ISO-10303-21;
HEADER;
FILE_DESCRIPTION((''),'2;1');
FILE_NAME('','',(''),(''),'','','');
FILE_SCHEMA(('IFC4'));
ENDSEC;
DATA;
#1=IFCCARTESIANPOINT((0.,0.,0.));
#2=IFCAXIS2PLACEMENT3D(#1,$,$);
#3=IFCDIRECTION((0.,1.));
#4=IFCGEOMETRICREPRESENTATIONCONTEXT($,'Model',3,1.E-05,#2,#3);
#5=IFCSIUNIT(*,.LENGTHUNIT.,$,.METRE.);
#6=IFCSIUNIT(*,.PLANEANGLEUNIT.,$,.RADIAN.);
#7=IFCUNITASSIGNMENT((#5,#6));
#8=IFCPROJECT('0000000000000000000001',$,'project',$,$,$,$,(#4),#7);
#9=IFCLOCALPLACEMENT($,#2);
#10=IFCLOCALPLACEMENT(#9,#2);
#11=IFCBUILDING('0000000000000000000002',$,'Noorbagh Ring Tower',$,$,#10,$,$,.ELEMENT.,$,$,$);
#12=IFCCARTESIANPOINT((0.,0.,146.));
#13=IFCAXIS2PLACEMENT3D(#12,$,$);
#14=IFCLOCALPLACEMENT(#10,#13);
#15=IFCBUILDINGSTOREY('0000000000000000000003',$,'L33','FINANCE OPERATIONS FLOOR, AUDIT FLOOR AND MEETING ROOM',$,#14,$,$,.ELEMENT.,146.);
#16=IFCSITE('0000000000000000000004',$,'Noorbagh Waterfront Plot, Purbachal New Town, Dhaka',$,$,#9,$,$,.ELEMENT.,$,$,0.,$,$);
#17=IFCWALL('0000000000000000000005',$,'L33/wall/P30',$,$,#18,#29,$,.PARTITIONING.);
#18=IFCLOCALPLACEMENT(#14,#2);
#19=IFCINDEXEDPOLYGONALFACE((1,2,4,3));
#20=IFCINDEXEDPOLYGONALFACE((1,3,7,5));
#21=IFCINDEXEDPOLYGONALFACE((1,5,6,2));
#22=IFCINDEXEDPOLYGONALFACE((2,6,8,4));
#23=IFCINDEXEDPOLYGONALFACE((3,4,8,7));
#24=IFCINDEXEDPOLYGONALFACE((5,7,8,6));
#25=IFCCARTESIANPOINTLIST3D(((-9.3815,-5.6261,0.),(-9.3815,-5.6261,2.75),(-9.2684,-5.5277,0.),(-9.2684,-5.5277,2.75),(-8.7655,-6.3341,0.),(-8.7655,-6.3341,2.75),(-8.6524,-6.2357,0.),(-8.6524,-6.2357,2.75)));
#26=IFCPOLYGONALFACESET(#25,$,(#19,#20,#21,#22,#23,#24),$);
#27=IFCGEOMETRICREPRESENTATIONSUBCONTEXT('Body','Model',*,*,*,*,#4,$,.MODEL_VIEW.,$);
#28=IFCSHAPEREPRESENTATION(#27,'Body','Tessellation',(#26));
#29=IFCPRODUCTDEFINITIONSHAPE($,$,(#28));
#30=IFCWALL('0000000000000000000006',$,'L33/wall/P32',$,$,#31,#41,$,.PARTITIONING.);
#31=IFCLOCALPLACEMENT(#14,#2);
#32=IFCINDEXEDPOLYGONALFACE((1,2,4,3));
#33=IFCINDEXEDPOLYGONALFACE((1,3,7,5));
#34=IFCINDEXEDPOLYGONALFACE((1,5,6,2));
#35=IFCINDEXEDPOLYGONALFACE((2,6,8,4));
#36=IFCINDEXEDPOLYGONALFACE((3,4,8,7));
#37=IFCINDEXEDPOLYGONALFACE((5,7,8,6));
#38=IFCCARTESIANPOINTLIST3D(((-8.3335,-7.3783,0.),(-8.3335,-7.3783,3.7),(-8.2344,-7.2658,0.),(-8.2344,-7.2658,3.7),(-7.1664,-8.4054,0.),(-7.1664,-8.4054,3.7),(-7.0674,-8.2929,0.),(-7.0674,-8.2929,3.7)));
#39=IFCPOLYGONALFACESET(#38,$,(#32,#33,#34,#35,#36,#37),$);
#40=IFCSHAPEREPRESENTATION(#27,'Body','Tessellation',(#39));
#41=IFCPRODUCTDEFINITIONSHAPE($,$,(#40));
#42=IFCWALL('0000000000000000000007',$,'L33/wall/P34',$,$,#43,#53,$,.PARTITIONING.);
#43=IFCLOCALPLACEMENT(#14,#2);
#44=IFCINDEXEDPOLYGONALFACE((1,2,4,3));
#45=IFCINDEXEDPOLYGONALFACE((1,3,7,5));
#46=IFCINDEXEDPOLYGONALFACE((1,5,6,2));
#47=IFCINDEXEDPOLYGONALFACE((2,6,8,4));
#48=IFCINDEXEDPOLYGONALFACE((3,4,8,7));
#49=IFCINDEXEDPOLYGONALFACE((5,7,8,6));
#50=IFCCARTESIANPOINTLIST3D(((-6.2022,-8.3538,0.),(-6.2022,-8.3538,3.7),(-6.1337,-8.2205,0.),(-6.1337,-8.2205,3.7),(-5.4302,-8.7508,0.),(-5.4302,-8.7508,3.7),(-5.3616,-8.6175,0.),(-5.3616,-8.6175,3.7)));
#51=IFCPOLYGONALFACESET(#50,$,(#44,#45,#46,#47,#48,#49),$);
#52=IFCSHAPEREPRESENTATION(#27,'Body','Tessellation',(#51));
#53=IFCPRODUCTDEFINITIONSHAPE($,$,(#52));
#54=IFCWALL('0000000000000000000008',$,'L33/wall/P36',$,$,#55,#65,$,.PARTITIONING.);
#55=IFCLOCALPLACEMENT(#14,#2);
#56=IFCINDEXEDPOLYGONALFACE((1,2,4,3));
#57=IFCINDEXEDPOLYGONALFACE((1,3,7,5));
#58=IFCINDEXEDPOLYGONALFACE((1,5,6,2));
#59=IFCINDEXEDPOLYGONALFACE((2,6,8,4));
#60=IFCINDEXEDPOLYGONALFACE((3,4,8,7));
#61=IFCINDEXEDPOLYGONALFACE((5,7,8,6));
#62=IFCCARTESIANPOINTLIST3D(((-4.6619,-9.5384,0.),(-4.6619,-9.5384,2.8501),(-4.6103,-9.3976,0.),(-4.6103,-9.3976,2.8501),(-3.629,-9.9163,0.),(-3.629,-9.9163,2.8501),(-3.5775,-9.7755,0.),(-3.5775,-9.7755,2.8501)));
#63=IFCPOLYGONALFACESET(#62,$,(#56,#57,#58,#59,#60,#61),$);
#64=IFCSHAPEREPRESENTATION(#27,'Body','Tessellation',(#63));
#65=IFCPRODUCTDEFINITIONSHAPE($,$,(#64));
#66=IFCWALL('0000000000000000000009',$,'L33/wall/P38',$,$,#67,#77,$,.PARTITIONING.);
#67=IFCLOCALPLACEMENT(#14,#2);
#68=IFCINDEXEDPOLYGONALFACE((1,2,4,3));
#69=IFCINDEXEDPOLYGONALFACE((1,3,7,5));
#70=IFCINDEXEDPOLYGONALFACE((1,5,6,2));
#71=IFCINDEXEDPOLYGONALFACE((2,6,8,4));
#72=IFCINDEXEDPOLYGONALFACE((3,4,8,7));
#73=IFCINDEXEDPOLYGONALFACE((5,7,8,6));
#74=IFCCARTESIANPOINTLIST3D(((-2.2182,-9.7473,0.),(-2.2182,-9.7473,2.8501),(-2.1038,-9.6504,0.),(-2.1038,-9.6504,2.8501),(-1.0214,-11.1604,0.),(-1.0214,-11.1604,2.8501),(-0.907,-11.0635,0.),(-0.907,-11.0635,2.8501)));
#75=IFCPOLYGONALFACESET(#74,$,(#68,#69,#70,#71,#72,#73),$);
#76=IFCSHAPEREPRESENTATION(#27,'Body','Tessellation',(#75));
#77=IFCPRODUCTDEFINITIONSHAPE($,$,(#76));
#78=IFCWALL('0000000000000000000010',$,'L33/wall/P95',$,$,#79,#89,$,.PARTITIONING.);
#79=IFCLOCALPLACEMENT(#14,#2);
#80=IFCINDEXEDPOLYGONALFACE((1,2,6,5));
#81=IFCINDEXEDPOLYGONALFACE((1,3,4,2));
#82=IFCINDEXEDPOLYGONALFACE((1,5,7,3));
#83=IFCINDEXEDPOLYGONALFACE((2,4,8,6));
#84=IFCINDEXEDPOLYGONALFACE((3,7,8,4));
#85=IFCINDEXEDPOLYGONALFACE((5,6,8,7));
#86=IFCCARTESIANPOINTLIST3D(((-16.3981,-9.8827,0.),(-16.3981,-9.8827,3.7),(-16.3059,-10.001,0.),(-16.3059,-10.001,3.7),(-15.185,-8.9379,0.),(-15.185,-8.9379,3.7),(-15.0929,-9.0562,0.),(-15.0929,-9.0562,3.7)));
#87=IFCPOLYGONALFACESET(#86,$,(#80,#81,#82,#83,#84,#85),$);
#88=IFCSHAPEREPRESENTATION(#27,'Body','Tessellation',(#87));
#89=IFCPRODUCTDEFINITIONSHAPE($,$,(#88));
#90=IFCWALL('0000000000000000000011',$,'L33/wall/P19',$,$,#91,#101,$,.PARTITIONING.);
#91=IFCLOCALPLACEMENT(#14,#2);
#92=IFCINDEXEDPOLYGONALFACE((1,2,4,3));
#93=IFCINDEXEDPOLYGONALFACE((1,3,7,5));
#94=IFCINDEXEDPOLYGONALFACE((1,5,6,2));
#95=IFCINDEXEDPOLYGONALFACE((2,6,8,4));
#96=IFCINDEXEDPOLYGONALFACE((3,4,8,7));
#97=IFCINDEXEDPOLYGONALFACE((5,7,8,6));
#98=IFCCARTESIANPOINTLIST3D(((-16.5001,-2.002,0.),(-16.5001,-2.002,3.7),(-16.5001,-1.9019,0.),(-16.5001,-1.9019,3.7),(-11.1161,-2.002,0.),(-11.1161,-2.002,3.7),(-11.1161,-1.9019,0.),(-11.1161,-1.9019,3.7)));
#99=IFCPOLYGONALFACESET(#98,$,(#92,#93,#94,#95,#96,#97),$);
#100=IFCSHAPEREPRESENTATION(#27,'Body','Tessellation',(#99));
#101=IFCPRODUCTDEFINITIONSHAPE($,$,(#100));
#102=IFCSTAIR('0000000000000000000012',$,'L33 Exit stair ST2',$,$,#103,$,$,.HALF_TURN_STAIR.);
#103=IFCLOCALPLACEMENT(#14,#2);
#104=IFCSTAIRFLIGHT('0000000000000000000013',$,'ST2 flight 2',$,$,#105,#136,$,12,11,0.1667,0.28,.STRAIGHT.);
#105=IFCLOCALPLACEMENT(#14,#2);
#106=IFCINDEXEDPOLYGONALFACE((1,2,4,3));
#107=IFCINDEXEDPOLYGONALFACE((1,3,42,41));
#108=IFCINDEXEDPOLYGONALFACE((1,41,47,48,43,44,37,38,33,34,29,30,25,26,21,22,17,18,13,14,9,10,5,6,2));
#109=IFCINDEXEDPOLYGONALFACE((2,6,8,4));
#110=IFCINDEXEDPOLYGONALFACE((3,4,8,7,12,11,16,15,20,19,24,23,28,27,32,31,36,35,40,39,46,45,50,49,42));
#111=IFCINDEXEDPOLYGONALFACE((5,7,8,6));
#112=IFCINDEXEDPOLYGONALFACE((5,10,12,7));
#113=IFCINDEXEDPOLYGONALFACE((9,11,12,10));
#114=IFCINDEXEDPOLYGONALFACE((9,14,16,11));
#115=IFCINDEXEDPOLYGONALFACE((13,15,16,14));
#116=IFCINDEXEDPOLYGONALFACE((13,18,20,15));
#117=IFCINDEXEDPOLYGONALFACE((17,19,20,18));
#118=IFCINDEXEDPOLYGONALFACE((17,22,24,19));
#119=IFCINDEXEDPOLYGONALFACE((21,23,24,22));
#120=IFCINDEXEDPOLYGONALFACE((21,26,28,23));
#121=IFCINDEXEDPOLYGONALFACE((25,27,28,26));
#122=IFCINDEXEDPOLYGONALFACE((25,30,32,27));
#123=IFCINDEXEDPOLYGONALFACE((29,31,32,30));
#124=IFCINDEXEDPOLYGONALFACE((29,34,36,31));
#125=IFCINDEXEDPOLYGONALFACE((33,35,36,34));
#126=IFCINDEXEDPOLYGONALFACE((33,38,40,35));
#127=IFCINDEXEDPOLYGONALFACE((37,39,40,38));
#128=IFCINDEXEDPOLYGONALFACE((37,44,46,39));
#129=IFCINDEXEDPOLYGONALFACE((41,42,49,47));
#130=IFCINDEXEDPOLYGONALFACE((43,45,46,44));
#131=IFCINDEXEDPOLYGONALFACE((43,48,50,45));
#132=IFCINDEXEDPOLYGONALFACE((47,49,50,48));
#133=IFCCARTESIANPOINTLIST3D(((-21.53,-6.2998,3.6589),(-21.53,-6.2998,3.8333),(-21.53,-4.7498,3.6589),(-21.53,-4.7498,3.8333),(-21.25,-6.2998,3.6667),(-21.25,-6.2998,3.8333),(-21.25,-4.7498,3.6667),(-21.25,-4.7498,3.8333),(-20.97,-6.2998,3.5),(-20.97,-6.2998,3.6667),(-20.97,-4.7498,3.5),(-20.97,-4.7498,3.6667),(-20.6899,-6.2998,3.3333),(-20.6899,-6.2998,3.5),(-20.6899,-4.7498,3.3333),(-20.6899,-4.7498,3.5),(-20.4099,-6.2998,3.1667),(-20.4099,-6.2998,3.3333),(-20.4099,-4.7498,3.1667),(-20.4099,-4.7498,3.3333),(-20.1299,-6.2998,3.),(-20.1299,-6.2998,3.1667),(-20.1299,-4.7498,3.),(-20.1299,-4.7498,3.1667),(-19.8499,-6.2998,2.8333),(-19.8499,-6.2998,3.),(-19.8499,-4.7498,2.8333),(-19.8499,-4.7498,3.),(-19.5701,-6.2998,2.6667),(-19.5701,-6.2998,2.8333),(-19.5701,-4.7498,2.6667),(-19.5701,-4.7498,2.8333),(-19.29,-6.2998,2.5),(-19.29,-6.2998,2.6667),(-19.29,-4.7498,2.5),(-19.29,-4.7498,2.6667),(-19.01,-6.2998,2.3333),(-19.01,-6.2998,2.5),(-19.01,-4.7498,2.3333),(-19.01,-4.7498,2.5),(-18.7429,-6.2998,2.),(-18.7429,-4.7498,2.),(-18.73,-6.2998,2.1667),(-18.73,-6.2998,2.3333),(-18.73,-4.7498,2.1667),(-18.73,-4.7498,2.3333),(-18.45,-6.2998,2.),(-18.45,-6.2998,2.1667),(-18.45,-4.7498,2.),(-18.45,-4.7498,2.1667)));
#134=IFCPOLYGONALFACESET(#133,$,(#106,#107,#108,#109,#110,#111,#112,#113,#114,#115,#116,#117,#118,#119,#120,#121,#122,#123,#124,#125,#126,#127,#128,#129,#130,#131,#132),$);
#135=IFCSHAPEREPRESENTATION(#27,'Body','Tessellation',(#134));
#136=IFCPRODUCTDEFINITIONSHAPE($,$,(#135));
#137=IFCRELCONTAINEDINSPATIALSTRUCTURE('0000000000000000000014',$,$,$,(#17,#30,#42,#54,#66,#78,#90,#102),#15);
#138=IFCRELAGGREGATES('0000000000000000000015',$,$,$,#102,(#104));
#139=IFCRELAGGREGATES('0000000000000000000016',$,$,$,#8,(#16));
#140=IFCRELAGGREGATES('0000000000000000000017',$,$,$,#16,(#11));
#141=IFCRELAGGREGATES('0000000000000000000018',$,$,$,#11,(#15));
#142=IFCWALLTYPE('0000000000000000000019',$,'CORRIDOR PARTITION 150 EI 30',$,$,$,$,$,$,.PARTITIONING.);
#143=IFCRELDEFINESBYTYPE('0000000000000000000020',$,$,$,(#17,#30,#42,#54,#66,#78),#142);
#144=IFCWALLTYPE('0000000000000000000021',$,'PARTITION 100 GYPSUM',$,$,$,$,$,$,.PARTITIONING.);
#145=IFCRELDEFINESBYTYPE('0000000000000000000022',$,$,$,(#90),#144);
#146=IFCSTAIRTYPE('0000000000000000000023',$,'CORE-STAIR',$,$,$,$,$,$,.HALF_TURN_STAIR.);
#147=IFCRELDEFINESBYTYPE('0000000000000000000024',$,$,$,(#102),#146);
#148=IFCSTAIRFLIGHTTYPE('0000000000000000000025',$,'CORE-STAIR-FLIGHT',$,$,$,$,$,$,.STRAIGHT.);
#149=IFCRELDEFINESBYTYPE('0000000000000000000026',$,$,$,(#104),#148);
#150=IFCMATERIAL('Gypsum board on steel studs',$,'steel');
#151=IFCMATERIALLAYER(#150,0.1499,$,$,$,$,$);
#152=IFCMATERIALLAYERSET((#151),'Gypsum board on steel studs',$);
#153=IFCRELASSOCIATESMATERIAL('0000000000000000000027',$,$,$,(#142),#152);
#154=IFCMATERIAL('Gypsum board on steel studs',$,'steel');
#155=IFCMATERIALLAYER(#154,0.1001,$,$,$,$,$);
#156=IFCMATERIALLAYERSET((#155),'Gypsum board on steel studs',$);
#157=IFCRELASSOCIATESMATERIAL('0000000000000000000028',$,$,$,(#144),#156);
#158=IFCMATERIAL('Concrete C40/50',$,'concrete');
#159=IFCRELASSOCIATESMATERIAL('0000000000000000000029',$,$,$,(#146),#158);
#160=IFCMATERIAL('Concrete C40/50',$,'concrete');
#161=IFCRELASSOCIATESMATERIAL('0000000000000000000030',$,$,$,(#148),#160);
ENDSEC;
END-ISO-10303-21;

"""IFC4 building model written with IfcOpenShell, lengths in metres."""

from ifc_helpers import new_model, si_unit, direction, frame, frame_2d, origin, place, context, subcontext, project, spatial, polyline, rectangle, outline, extrude, material, layer, layer_set, type_object, element, aggregate, save


model = new_model("IFC4")

# Units and contexts
model_context = context("Model", 3, precision=1e-05, world=origin(), true_north=direction((0.0, 1.0)))
body_context = subcontext(model_context, "Body", "Model", "MODEL_VIEW")
ifc_project = project(units=[si_unit("LENGTHUNIT", "METRE"), si_unit("PLANEANGLEUNIT", "RADIAN")], contexts=[model_context])

# Site, building, storey
site_placement = place(None, origin())
site = spatial("IfcSite", under=ifc_project, at=site_placement, Name="Noorbagh Waterfront Plot, Purbachal New Town, Dhaka", CompositionType="ELEMENT", RefElevation=0.0)
building_placement = place(site_placement, origin())
building = spatial("IfcBuilding", under=site, at=building_placement, Name="Noorbagh Ring Tower", CompositionType="ELEMENT")
storey_placement = place(building_placement, frame((0.0, 0.0, 146.0)))
storey = spatial("IfcBuildingStorey", under=building, at=storey_placement, Name="L33", Description="FINANCE OPERATIONS FLOOR, AUDIT FLOOR AND MEETING ROOM", CompositionType="ELEMENT", Elevation=146.0)

# Shared definitions
ifc_material_1 = material(Name="Gypsum board on steel studs", Category="steel")
ifc_layer_1 = layer(ifc_material_1, 0.1499)
ifc_layer_set_1 = layer_set([ifc_layer_1], Name="Gypsum board on steel studs")
wall_type_1 = type_object("IfcWallType", Name="CORRIDOR PARTITION 150 EI 30", PredefinedType="PARTITIONING", material=ifc_layer_set_1)

# Walls
wall_1_placement = place(storey_placement, frame((-9.325, -5.5769, 0.0), z_axis=(0.0, 0.0, 1.0), x_axis=(0.656365, -0.754443, 0.0)))
element("IfcWall", 1, at=wall_1_placement, inside=storey, type_object=wall_type_1, Name="L33/wall/P30", PredefinedType="PARTITIONING", context=body_context, shape_type="SweptSolid", body=[
    extrude(rectangle(XDim=0.9385, YDim=0.1499, at=frame_2d((0.4692, 0.0))), origin(), (0.0, 0.0, 1.0), 2.75),
])
wall_2_placement = place(storey_placement, frame((-8.2839, -7.322, 0.0), z_axis=(0.0, 0.0, 1.0), x_axis=(0.750667, -0.660681, 0.0)))
element("IfcWall", 2, at=wall_2_placement, inside=storey, type_object=wall_type_1, Name="L33/wall/P32", PredefinedType="PARTITIONING", context=body_context, shape_type="SweptSolid", body=[
    extrude(rectangle(XDim=1.5547, YDim=0.1499, at=frame_2d((0.7773, 0.0))), origin(), (0.0, 0.0, 1.0), 3.7),
])
wall_3_placement = place(storey_placement, frame((-6.168, -8.2871, 0.0), z_axis=(0.0, 0.0, 1.0), x_axis=(0.889307, -0.45731, 0.0)))
element("IfcWall", 3, at=wall_3_placement, inside=storey, type_object=wall_type_1, Name="L33/wall/P34", PredefinedType="PARTITIONING", context=body_context, shape_type="SweptSolid", body=[
    extrude(rectangle(XDim=0.8682, YDim=0.1499, at=frame_2d((0.4341, 0.0))), origin(), (0.0, 0.0, 1.0), 3.7),
])
wall_4_placement = place(storey_placement, frame((-4.636, -9.468, 0.0), z_axis=(0.0, 0.0, 1.0), x_axis=(0.939118, -0.343596, 0.0)))
element("IfcWall", 4, at=wall_4_placement, inside=storey, type_object=wall_type_1, Name="L33/wall/P36", PredefinedType="PARTITIONING", context=body_context, shape_type="SweptSolid", body=[
    extrude(rectangle(XDim=1.0999, YDim=0.1499, at=frame_2d((0.5498, 0.0))), origin(), (0.0, 0.0, 1.0), 2.8501),
])
wall_5_placement = place(storey_placement, frame((-2.1609, -9.699, 0.0), z_axis=(0.0, 0.0, 1.0), x_axis=(0.646285, -0.763096, 0.0)))
element("IfcWall", 5, at=wall_5_placement, inside=storey, type_object=wall_type_1, Name="L33/wall/P38", PredefinedType="PARTITIONING", context=body_context, shape_type="SweptSolid", body=[
    extrude(rectangle(XDim=1.8518, YDim=0.1499, at=frame_2d((0.9258, 0.0))), origin(), (0.0, 0.0, 1.0), 2.8501),
])
wall_6_placement = place(storey_placement, frame((-15.1389, -8.9971, 0.0), z_axis=(0.0, 0.0, 1.0), x_axis=(-0.78895, -0.614457, 0.0)))
element("IfcWall", 6, at=wall_6_placement, inside=storey, type_object=wall_type_1, Name="L33/wall/P95", PredefinedType="PARTITIONING", context=body_context, shape_type="SweptSolid", body=[
    extrude(rectangle(XDim=1.5376, YDim=0.1499, at=frame_2d((0.7688, 0.0))), origin(), (0.0, 0.0, 1.0), 3.7),
])
ifc_material_2 = material(Name="Gypsum board on steel studs", Category="steel")
ifc_layer_2 = layer(ifc_material_2, 0.1001)
ifc_layer_set_2 = layer_set([ifc_layer_2], Name="Gypsum board on steel studs")
wall_type_2 = type_object("IfcWallType", Name="PARTITION 100 GYPSUM", PredefinedType="PARTITIONING", material=ifc_layer_set_2)
wall_7_placement = place(storey_placement, frame((-16.5, -1.9519, 0.0), z_axis=(0.0, 0.0, 1.0), x_axis=(1.0, 0.0, 0.0)))
element("IfcWall", 7, at=wall_7_placement, inside=storey, type_object=wall_type_2, Name="L33/wall/P19", PredefinedType="PARTITIONING", context=body_context, shape_type="SweptSolid", body=[
    extrude(rectangle(XDim=5.384, YDim=0.1001, at=frame_2d((2.6919, 0.0))), origin(), (0.0, 0.0, 1.0), 3.7),
])

# Stair, stair flight
ifc_material_3 = material(Name="Concrete C40/50", Category="concrete")
stair_type = type_object("IfcStairType", Name="CORE-STAIR", PredefinedType="HALF_TURN_STAIR", material=ifc_material_3)
stair_placement = place(storey_placement, origin())
stair = element("IfcStair", 8, at=stair_placement, inside=storey, type_object=stair_type, Name="L33 Exit stair ST2", PredefinedType="HALF_TURN_STAIR")
ifc_material_4 = material(Name="Concrete C40/50", Category="concrete")
stair_flight_type = type_object("IfcStairFlightType", Name="CORE-STAIR-FLIGHT", PredefinedType="STRAIGHT", material=ifc_material_4)
stair_flight_placement = place(storey_placement, frame((-18.45, -5.5249, 2.0), z_axis=(0.0, 0.0, 1.0), x_axis=(-1.0, 0.0, 0.0)))
stair_flight = element("IfcStairFlight", 9, at=stair_flight_placement, type_object=stair_flight_type, Name="ST2 flight 2", NumberOfRisers=12, NumberOfTreads=11, PredefinedType="STRAIGHT", RiserHeight=0.1667, TreadLength=0.28, context=body_context, shape_type="SweptSolid", body=[
    extrude(outline(polyline([(0.0, 0.0), (0.0, 0.1667), (0.28, 0.1667), (0.28, 0.3333), (0.5601, 0.3333), (0.5601, 0.5), (0.8401, 0.5), (0.8401, 0.6667), (1.1201, 0.6667), (1.1201, 0.8333), (1.3999, 0.8333), (1.3999, 1.0), (1.6799, 1.0), (1.6799, 1.1667), (1.96, 1.1667), (1.96, 1.3333), (2.24, 1.3333), (2.24, 1.5), (2.52, 1.5), (2.52, 1.6667), (2.8, 1.6667), (2.8, 1.8333), (3.0801, 1.8333), (3.0801, 2.0), (3.0801, 1.6589), (0.293, 0.0), (0.0, 0.0)])), frame((0.0, 0.7749, 0.0), z_axis=(0.0, -1.0, 0.0), x_axis=(1.0, 0.0, 0.0)), (0.0, 0.0, 1.0), 1.55),
])
aggregate(stair, [stair_flight])

save(model, "model.ifc")
